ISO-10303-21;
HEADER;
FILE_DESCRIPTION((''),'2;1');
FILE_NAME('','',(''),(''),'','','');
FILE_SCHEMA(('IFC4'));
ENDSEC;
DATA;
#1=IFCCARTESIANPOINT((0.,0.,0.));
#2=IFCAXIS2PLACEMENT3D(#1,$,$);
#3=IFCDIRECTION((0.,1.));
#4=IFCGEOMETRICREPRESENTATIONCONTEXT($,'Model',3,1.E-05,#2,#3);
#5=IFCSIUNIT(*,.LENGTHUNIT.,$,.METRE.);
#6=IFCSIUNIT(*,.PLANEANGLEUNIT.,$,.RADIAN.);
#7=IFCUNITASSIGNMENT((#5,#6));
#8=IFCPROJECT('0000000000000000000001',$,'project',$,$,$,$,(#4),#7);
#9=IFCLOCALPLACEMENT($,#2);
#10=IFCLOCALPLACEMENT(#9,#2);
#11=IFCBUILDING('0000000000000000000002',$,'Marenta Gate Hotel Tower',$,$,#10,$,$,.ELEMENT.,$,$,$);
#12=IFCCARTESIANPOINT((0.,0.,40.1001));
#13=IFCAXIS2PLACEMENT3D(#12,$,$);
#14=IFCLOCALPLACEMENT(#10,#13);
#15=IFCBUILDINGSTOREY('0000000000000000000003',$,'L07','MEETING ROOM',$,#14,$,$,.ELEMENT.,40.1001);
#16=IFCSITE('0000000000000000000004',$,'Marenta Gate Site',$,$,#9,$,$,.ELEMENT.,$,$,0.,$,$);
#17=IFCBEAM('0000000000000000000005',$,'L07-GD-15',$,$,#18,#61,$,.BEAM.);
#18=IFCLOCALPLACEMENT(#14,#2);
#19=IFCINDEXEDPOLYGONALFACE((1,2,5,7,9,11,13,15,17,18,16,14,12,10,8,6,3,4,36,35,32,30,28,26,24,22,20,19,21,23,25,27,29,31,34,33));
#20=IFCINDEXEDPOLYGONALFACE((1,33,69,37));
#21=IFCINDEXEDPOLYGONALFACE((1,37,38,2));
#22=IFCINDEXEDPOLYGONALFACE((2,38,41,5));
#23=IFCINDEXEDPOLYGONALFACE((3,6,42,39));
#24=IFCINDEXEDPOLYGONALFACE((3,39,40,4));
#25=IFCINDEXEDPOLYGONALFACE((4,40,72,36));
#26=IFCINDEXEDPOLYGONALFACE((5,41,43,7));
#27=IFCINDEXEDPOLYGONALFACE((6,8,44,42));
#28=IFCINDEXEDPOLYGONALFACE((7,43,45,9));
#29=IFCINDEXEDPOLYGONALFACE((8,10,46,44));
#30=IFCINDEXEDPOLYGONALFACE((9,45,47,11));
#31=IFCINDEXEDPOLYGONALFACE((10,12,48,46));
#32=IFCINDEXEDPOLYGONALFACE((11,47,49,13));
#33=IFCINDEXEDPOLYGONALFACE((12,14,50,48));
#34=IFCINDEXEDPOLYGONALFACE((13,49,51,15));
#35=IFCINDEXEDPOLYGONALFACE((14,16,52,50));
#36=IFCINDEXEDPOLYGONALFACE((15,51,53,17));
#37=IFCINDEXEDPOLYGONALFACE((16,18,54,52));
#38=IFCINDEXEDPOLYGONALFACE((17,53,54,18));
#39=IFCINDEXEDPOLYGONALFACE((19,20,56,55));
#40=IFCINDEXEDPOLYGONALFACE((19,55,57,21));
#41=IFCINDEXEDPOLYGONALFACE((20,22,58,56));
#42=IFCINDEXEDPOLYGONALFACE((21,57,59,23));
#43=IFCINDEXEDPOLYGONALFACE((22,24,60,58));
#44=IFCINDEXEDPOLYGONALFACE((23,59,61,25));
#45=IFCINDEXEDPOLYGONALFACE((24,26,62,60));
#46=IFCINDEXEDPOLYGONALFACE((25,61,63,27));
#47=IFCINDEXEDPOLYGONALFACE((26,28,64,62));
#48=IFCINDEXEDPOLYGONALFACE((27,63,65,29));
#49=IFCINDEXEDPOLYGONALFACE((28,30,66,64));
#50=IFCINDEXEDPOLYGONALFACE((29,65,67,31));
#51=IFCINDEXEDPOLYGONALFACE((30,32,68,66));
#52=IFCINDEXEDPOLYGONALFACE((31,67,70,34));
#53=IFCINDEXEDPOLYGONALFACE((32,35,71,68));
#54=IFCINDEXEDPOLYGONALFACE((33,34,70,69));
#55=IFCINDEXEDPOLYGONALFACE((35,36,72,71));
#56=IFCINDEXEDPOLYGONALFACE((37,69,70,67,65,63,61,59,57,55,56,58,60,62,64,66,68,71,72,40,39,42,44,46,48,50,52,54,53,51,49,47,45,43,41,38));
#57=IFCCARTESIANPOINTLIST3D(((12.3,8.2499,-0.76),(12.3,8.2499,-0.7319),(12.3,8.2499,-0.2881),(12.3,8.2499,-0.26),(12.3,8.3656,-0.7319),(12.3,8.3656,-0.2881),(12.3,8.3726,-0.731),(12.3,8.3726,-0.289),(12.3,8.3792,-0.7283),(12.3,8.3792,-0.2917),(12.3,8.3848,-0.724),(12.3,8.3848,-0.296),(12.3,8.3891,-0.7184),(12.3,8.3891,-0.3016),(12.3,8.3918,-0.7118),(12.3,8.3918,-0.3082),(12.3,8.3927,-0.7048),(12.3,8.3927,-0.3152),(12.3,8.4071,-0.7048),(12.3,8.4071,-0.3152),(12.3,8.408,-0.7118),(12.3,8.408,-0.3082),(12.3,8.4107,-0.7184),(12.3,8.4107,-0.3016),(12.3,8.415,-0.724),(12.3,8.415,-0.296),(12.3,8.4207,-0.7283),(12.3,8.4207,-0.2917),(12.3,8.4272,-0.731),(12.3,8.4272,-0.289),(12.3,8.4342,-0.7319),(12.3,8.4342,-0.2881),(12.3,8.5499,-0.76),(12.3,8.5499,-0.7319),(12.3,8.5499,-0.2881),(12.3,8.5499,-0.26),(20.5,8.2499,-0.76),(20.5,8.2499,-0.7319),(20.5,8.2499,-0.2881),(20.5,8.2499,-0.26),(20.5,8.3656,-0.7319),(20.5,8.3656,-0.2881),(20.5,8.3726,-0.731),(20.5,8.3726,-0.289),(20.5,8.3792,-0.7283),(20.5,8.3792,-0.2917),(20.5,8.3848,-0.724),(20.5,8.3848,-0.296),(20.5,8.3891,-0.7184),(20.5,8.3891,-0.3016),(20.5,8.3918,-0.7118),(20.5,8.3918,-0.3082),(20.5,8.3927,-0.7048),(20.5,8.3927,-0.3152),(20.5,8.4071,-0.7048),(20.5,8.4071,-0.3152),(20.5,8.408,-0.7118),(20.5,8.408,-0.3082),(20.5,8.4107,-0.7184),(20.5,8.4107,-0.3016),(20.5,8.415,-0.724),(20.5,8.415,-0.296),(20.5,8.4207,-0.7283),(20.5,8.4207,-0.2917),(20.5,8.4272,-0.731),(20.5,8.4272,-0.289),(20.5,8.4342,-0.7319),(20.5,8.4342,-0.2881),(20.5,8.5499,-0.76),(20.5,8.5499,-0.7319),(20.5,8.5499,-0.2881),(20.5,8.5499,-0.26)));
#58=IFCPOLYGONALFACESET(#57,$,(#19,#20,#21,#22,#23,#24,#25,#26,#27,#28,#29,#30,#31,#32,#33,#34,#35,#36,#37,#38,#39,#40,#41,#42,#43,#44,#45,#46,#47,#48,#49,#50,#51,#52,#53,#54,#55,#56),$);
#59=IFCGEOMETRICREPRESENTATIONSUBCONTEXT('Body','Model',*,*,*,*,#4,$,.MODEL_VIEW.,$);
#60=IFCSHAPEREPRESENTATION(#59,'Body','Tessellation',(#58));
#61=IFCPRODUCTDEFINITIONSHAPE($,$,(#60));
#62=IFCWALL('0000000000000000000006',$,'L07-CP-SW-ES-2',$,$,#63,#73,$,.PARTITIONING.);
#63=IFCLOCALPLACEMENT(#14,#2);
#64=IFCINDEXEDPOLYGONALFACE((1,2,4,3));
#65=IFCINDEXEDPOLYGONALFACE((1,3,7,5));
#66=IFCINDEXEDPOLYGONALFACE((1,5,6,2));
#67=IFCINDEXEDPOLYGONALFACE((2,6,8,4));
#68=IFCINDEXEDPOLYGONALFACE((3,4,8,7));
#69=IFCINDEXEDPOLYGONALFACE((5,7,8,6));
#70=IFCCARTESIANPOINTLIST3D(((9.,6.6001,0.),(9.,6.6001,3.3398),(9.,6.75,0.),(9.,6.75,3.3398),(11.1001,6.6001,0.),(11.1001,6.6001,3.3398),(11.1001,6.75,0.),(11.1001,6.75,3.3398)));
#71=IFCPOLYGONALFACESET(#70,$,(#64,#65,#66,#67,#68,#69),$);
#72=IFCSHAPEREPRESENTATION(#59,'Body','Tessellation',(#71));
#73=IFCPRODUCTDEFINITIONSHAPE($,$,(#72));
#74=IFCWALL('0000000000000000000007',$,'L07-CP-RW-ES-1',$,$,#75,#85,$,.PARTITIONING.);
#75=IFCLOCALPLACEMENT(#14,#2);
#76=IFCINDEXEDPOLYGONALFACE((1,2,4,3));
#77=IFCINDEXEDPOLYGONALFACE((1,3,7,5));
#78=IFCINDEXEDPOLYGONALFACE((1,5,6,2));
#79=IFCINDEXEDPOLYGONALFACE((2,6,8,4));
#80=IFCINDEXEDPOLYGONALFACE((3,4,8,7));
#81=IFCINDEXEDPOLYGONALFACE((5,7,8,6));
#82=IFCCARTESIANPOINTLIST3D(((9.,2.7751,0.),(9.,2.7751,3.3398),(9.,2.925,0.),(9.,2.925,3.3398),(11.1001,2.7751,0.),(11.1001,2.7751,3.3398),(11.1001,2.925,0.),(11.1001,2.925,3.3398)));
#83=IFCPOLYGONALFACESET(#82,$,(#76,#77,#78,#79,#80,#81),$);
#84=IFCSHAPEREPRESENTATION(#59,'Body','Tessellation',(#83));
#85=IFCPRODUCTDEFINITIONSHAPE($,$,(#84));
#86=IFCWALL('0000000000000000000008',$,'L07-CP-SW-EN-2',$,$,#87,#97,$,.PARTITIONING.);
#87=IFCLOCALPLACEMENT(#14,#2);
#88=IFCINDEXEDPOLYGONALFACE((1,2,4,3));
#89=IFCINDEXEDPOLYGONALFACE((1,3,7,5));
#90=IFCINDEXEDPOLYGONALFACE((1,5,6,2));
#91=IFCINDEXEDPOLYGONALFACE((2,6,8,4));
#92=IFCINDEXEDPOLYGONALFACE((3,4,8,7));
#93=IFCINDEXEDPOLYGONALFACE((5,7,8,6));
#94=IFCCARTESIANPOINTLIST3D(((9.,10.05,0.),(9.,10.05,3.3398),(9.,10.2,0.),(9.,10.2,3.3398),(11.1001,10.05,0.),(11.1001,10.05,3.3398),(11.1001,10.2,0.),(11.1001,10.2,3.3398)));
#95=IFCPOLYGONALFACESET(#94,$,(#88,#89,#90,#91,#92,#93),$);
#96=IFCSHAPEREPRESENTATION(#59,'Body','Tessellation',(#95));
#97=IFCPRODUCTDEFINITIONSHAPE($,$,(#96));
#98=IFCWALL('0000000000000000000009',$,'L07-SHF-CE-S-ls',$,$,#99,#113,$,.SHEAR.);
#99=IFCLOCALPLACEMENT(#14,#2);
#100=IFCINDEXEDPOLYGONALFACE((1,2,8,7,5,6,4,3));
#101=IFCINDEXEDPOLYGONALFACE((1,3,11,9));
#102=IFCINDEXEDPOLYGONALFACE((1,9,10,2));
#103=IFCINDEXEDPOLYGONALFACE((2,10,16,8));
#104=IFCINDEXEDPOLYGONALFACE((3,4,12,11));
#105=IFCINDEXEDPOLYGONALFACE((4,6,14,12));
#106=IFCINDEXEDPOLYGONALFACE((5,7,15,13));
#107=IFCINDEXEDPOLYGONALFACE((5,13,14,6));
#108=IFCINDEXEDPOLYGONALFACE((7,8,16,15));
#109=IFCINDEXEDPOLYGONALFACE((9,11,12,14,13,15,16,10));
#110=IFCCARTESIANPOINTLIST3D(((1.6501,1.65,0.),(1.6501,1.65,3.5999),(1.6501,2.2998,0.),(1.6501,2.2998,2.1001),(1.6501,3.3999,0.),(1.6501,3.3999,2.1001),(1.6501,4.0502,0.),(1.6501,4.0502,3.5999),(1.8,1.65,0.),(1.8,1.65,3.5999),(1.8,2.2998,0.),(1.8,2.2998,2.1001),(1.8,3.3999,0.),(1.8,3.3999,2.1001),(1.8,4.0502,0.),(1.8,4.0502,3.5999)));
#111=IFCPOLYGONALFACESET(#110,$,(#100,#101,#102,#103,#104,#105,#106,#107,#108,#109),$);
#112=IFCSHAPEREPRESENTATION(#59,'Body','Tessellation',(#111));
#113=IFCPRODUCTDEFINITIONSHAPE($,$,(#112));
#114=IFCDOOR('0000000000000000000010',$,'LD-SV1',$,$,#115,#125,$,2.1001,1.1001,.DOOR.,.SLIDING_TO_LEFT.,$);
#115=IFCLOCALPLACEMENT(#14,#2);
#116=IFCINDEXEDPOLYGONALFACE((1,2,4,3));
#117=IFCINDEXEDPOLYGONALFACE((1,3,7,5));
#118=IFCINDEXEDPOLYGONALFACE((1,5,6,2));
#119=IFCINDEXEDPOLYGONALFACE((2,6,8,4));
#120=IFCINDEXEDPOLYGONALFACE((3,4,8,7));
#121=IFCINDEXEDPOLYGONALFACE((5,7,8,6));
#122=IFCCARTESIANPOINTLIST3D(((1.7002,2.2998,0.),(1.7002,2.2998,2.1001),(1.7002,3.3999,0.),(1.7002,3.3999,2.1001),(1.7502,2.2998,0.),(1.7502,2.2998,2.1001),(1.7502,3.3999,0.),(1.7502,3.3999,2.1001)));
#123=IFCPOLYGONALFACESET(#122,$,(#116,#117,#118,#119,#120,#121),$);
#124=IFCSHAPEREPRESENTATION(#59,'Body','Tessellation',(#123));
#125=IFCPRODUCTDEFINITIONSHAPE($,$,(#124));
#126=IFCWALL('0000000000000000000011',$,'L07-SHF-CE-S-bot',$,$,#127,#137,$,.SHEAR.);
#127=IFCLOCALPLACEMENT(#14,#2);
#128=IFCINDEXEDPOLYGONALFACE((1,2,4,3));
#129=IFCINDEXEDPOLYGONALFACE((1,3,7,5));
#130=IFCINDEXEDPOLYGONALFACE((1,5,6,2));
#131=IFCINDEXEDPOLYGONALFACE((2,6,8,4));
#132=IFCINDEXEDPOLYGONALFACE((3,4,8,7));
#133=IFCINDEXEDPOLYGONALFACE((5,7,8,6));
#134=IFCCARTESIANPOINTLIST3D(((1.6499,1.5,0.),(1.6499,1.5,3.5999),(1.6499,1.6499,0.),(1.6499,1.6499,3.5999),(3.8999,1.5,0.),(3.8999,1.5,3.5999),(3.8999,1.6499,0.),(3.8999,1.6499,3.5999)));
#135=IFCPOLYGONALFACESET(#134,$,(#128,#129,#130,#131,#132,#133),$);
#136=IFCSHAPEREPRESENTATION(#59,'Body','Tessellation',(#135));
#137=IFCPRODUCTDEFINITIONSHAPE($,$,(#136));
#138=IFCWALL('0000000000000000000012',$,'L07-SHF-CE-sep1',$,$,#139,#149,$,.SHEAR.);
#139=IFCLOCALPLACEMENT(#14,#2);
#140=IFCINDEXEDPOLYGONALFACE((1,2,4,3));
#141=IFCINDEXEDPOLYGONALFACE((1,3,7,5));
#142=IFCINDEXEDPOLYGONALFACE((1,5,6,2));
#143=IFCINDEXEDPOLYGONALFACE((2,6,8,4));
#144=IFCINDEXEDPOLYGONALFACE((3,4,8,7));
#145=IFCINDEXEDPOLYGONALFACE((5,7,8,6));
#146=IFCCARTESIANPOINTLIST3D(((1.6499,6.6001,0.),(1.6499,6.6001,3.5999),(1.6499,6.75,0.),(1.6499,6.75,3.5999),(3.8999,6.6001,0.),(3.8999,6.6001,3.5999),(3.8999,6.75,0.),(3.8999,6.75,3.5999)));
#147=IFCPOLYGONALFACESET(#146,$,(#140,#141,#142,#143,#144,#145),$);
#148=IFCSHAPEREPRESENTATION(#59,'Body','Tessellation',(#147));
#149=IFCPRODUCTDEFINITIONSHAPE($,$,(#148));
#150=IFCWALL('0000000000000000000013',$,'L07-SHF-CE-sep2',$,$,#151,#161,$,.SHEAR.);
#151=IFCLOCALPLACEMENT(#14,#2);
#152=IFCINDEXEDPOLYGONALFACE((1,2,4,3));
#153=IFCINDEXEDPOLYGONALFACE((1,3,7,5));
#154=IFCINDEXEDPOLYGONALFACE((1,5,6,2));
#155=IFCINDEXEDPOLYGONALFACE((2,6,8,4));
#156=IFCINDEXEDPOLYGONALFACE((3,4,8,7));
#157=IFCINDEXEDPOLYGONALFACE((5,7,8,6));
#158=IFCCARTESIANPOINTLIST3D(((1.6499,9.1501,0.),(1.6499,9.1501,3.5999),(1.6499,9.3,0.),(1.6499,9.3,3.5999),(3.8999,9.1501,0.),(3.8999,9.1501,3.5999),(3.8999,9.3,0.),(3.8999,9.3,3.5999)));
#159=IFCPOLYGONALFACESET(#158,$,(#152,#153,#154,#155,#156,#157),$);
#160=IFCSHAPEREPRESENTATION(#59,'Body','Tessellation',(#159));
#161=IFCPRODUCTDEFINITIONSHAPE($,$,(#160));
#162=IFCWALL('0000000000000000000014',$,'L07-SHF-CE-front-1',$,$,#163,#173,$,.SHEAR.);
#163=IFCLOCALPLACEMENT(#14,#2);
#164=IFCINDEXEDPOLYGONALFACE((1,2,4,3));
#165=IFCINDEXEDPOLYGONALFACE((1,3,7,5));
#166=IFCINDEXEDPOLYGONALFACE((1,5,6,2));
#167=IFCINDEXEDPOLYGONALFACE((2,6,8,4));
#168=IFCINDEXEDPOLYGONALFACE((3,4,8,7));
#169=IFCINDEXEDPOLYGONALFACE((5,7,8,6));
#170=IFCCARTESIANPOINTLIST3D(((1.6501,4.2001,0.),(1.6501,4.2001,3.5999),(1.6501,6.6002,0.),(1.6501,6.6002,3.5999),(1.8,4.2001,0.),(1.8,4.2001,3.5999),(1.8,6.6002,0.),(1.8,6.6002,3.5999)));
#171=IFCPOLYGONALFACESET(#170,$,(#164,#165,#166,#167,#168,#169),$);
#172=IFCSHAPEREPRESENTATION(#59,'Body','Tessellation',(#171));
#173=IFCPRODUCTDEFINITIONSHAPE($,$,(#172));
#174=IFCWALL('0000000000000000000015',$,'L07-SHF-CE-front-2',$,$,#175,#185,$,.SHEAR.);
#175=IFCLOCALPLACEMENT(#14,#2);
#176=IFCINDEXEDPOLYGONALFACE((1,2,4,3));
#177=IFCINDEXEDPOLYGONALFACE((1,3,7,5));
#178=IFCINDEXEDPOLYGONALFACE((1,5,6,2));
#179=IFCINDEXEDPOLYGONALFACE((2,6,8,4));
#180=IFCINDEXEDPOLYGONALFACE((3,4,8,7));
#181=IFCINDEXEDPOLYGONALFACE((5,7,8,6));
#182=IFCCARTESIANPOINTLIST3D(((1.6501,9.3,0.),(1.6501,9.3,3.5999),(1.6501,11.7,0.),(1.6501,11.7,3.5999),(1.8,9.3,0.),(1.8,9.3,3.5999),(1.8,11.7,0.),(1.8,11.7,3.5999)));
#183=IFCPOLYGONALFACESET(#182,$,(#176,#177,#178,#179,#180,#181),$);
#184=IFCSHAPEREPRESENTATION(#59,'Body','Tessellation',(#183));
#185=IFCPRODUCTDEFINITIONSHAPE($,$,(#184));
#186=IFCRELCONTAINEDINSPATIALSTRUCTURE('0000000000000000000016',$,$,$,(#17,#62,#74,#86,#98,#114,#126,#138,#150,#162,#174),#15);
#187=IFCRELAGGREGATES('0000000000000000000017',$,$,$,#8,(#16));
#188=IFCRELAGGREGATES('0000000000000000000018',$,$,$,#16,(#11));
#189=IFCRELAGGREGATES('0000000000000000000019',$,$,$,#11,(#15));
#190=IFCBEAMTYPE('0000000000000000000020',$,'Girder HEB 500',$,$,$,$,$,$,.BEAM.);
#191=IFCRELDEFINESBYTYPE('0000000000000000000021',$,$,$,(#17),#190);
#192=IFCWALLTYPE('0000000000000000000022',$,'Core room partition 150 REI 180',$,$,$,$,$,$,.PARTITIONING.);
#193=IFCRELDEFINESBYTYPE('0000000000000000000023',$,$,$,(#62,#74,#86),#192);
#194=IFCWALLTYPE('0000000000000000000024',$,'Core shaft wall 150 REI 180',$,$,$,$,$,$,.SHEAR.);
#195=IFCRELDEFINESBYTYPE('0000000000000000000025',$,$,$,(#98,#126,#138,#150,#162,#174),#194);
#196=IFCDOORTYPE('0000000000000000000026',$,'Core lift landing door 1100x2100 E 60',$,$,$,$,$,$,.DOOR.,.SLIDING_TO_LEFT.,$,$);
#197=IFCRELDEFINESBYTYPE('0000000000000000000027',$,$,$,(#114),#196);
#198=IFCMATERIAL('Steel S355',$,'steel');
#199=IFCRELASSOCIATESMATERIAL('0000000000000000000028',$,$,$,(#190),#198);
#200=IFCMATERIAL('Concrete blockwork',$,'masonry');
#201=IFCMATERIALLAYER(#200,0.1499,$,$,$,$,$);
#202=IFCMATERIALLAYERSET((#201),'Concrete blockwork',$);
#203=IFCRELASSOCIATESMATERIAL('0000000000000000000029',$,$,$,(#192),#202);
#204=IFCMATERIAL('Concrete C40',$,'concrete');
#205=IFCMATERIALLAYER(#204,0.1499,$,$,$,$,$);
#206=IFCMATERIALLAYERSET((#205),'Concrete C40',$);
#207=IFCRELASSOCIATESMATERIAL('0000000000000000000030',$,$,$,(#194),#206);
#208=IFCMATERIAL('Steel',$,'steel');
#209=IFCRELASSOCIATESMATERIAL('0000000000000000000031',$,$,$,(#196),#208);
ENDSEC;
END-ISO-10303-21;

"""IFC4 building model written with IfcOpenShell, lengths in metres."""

from ifc_helpers import new_model, si_unit, direction, frame, frame_2d, origin, origin_2d, place, context, subcontext, project, spatial, rectangle, i_section, extrude, material, layer, layer_set, material_profile, profile_set, type_object, element, fill, save


model = new_model("IFC4")

# Units and contexts
model_context = context("Model", 3, precision=1e-05, world=origin(), true_north=direction((0.0, 1.0)))
body_context = subcontext(model_context, "Body", "Model", "MODEL_VIEW")
ifc_project = project(units=[si_unit("LENGTHUNIT", "METRE"), si_unit("PLANEANGLEUNIT", "RADIAN")], contexts=[model_context])

# Site, building, storey
site_placement = place(None, origin())
site = spatial("IfcSite", under=ifc_project, at=site_placement, Name="Marenta Gate Site", CompositionType="ELEMENT", RefElevation=0.0)
building_placement = place(site_placement, origin())
building = spatial("IfcBuilding", under=site, at=building_placement, Name="Marenta Gate Hotel Tower", CompositionType="ELEMENT")
storey_placement = place(building_placement, frame((0.0, 0.0, 40.1001)))
storey = spatial("IfcBuildingStorey", under=building, at=storey_placement, Name="L07", Description="MEETING ROOM", CompositionType="ELEMENT", Elevation=40.1001)

# Beam
ifc_material_1 = material(Name="Steel S355", Category="steel")
ifc_material_profile = material_profile(ifc_material_1, i_section(OverallWidth=0.3, OverallDepth=0.5, WebThickness=0.0144, FlangeThickness=0.0281, FilletRadius=0.0271, at=origin_2d()), Name="HEB 500")
ifc_profile_set = profile_set([ifc_material_profile], Name="Steel S355")
beam_type = type_object("IfcBeamType", Name="Girder HEB 500", PredefinedType="BEAM", material=ifc_profile_set)
beam_placement = place(storey_placement, frame((12.3, 8.3999, -0.51), z_axis=(1.0, 0.0, 0.0), x_axis=(0.0, 1.0, 0.0)))
element("IfcBeam", 1, at=beam_placement, inside=storey, type_object=beam_type, Name="L07-GD-15", PredefinedType="BEAM", context=body_context, shape_type="SweptSolid", body=[
    extrude(i_section(OverallWidth=0.3, OverallDepth=0.5, WebThickness=0.0144, FlangeThickness=0.0281, FilletRadius=0.0271, at=origin_2d()), origin(), (0.0, 0.0, 1.0), 8.2),
])

# Walls
ifc_material_2 = material(Name="Concrete blockwork", Category="masonry")
ifc_layer_1 = layer(ifc_material_2, 0.1499)
ifc_layer_set_1 = layer_set([ifc_layer_1], Name="Concrete blockwork")
wall_type_1 = type_object("IfcWallType", Name="Core room partition 150 REI 180", PredefinedType="PARTITIONING", material=ifc_layer_set_1)
for number, where, z_axis, x_axis, name in (
    (2, (9.0, 6.675, 0.0), (0.0, 0.0, 1.0), (1.0, 0.0, 0.0), "L07-CP-SW-ES-2"),
    (3, (9.0, 2.8501, 0.0), (0.0, 0.0, 1.0), (1.0, 0.0, 0.0), "L07-CP-RW-ES-1"),
    (4, (9.0, 10.125, 0.0), (0.0, 0.0, 1.0), (1.0, 0.0, 0.0), "L07-CP-SW-EN-2"),
):
    element("IfcWall", number, at=place(storey_placement, frame(where, z_axis=z_axis, x_axis=x_axis)), inside=storey, type_object=wall_type_1, Name=name, PredefinedType="PARTITIONING", context=body_context, shape_type="SweptSolid", body=[
        extrude(rectangle(XDim=2.1001, YDim=0.1499, at=frame_2d((1.05, 0.0))), origin(), (0.0, 0.0, 1.0), 3.3398),
    ])

# Wall, opening, door
ifc_material_3 = material(Name="Concrete C40", Category="concrete")
ifc_layer_2 = layer(ifc_material_3, 0.1499)
ifc_layer_set_2 = layer_set([ifc_layer_2], Name="Concrete C40")
wall_type_2 = type_object("IfcWallType", Name="Core shaft wall 150 REI 180", PredefinedType="SHEAR", material=ifc_layer_set_2)
wall_1_placement = place(storey_placement, frame((1.7251, 1.6499, 0.0), z_axis=(0.0, 0.0, 1.0), x_axis=(0.0, 1.0, 0.0)))
wall_1 = element("IfcWall", 5, at=wall_1_placement, inside=storey, type_object=wall_type_2, Name="L07-SHF-CE-S-ls", PredefinedType="SHEAR", context=body_context, shape_type="SweptSolid", body=[
    extrude(rectangle(XDim=2.4001, YDim=0.1499, at=frame_2d((1.2002, 0.0))), origin(), (0.0, 0.0, 1.0), 3.5999),
])
opening_1_placement = place(wall_1_placement, frame((0.6499, 0.0, 0.0)))
opening_1 = element("IfcOpeningElement", 6, at=opening_1_placement, cuts=wall_1, PredefinedType="OPENING", context=body_context, shape_type="SweptSolid", body=[
    extrude(rectangle(XDim=1.1001, YDim=2.1001, at=frame_2d((0.55, 1.05))), frame((0.0, 0.075, 0.0), z_axis=(0.0, -1.0, 0.0), x_axis=(1.0, 0.0, 0.0)), (0.0, 0.0, 1.0), 0.1499),
])
ifc_material_4 = material(Name="Steel", Category="steel")
door_type_1 = type_object("IfcDoorType", Name="Core lift landing door 1100x2100 E 60", OperationType="SLIDING_TO_LEFT", PredefinedType="DOOR", material=ifc_material_4)
door_1_placement = place(opening_1_placement, origin())
door_1 = element("IfcDoor", 7, at=door_1_placement, inside=storey, type_object=door_type_1, Name="LD-SV1", OperationType="SLIDING_TO_LEFT", OverallHeight=2.1001, OverallWidth=1.1001, PredefinedType="DOOR", context=body_context, shape_type="SweptSolid", body=[
    extrude(rectangle(XDim=1.1001, YDim=2.1001, at=frame_2d((0.55, 1.05))), frame((0.0, 0.0249, 0.0), z_axis=(0.0, -1.0, 0.0), x_axis=(1.0, 0.0, 0.0)), (0.0, 0.0, 1.0), 0.05),
])
fill(opening_1, door_1)

# Walls
for number, where, z_axis, x_axis, name in (
    (8, (1.6499, 1.575, 0.0), (0.0, 0.0, 1.0), (1.0, 0.0, 0.0), "L07-SHF-CE-S-bot"),
    (9, (1.6499, 6.675, 0.0), (0.0, 0.0, 1.0), (1.0, 0.0, 0.0), "L07-SHF-CE-sep1"),
    (10, (1.6499, 9.2251, 0.0), (0.0, 0.0, 1.0), (1.0, 0.0, 0.0), "L07-SHF-CE-sep2"),
):
    element("IfcWall", number, at=place(storey_placement, frame(where, z_axis=z_axis, x_axis=x_axis)), inside=storey, type_object=wall_type_2, Name=name, PredefinedType="SHEAR", context=body_context, shape_type="SweptSolid", body=[
        extrude(rectangle(XDim=2.25, YDim=0.1499, at=frame_2d((1.125, 0.0))), origin(), (0.0, 0.0, 1.0), 3.5999),
    ])
wall_2_placement = place(storey_placement, frame((1.7251, 4.2, 0.0), z_axis=(0.0, 0.0, 1.0), x_axis=(0.0, 1.0, 0.0)))
element("IfcWall", 11, at=wall_2_placement, inside=storey, type_object=wall_type_2, Name="L07-SHF-CE-front-1", PredefinedType="SHEAR", context=body_context, shape_type="SweptSolid", body=[
    extrude(rectangle(XDim=2.4001, YDim=0.1499, at=frame_2d((1.2002, 0.0))), origin(), (0.0, 0.0, 1.0), 3.5999),
])
wall_3_placement = place(storey_placement, frame((1.7251, 9.3, 0.0), z_axis=(0.0, 0.0, 1.0), x_axis=(0.0, 1.0, 0.0)))
element("IfcWall", 12, at=wall_3_placement, inside=storey, type_object=wall_type_2, Name="L07-SHF-CE-front-2", PredefinedType="SHEAR", context=body_context, shape_type="SweptSolid", body=[
    extrude(rectangle(XDim=2.3999, YDim=0.1499, at=frame_2d((1.2, 0.0))), origin(), (0.0, 0.0, 1.0), 3.5999),
])

save(model, "model.ifc")
